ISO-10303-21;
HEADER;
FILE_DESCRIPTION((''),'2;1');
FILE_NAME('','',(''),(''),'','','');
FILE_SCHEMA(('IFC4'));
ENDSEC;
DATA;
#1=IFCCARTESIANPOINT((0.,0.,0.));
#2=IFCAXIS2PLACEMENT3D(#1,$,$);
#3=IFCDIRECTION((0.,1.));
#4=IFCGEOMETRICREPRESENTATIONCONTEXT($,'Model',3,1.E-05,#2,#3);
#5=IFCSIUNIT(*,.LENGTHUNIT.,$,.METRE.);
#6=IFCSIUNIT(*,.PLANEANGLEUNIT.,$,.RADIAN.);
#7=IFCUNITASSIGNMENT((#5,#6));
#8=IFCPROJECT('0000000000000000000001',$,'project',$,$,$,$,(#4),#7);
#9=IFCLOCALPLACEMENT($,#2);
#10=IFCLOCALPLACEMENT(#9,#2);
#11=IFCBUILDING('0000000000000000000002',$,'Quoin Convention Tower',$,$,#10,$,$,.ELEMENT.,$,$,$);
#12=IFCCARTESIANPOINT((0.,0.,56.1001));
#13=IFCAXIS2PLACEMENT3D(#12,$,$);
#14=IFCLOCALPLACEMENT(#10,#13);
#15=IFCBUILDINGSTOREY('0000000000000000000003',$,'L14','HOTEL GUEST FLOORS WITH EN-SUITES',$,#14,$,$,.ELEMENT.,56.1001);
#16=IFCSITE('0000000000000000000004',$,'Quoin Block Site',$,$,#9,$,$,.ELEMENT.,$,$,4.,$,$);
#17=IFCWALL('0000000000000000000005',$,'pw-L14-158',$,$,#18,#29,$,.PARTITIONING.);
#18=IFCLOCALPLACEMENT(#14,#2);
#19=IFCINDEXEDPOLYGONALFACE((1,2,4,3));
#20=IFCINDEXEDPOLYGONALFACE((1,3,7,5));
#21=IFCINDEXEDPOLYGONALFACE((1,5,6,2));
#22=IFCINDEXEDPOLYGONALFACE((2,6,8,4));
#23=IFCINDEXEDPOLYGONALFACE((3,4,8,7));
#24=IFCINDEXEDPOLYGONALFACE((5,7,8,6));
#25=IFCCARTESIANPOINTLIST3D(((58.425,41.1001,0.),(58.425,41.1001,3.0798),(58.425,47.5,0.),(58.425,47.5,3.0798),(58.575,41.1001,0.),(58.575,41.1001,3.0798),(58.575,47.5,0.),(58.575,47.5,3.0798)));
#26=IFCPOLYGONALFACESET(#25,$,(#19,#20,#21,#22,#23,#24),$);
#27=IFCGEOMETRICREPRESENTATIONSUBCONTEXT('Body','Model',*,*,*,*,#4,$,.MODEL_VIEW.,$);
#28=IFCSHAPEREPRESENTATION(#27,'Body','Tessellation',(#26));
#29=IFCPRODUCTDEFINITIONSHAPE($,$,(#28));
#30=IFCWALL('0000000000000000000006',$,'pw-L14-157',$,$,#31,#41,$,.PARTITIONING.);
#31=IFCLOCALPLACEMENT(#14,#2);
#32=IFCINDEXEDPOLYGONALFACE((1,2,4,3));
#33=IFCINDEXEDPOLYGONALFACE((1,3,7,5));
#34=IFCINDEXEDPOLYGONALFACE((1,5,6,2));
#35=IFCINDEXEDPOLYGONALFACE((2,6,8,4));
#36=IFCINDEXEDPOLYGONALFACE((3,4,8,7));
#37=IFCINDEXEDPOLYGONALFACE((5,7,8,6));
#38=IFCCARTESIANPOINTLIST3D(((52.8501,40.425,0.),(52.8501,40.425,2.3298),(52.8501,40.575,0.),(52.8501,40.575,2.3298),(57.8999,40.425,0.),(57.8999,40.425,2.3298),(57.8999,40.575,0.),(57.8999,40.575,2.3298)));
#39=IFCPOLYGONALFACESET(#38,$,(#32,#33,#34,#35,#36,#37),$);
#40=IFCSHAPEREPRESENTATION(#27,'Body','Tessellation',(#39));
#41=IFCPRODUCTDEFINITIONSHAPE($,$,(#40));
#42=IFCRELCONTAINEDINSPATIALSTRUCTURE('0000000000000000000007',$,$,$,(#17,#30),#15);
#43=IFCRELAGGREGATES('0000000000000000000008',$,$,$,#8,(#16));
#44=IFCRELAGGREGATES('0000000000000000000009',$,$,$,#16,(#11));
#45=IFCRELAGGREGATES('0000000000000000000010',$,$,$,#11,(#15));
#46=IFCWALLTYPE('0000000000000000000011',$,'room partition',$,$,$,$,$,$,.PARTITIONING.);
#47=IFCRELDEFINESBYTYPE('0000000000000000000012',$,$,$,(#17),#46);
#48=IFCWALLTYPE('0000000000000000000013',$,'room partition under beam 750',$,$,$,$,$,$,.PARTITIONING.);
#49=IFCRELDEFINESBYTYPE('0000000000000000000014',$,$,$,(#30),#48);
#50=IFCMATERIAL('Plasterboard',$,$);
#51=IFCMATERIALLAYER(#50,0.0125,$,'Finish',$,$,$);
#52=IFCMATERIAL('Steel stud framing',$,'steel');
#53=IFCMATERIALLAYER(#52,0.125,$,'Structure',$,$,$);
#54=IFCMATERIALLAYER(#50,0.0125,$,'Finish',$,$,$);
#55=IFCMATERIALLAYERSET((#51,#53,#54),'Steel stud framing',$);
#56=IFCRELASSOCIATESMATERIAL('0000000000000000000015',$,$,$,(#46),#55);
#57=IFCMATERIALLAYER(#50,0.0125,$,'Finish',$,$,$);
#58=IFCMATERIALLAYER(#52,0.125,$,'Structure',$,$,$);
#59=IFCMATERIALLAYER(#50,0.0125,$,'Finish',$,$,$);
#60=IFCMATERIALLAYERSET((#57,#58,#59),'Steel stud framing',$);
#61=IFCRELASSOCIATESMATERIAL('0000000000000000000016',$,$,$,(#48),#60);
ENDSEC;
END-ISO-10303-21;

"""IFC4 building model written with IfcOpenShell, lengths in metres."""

from ifc_helpers import new_model, si_unit, direction, frame, frame_2d, origin, place, context, subcontext, project, spatial, rectangle, extrude, material, layer, layer_set, type_object, element, save


model = new_model("IFC4")

# Units and contexts
model_context = context("Model", 3, precision=1e-05, world=origin(), true_north=direction((0.0, 1.0)))
body_context = subcontext(model_context, "Body", "Model", "MODEL_VIEW")
ifc_project = project(units=[si_unit("LENGTHUNIT", "METRE"), si_unit("PLANEANGLEUNIT", "RADIAN")], contexts=[model_context])

# Site, building, storey
site_placement = place(None, origin())
site = spatial("IfcSite", under=ifc_project, at=site_placement, Name="Quoin Block Site", CompositionType="ELEMENT", RefElevation=4.0)
building_placement = place(site_placement, origin())
building = spatial("IfcBuilding", under=site, at=building_placement, Name="Quoin Convention Tower", CompositionType="ELEMENT")
storey_placement = place(building_placement, frame((0.0, 0.0, 56.1001)))
storey = spatial("IfcBuildingStorey", under=building, at=storey_placement, Name="L14", Description="HOTEL GUEST FLOORS WITH EN-SUITES", CompositionType="ELEMENT", Elevation=56.1001)

# Walls
ifc_material_1 = material(Name="Plasterboard")
ifc_layer_1 = layer(ifc_material_1, 0.0125, Name="Finish")
ifc_material_2 = material(Name="Steel stud framing", Category="steel")
ifc_layer_2 = layer(ifc_material_2, 0.125, Name="Structure")
ifc_layer_3 = layer(ifc_material_1, 0.0125, Name="Finish")
ifc_layer_set_1 = layer_set([ifc_layer_1, ifc_layer_2, ifc_layer_3], Name="Steel stud framing")
wall_type_1 = type_object("IfcWallType", Name="room partition", PredefinedType="PARTITIONING", material=ifc_layer_set_1)
wall_1_placement = place(storey_placement, frame((58.5, 41.1001, 0.0), z_axis=(0.0, 0.0, 1.0), x_axis=(0.0, 1.0, 0.0)))
element("IfcWall", 1, at=wall_1_placement, inside=storey, type_object=wall_type_1, Name="pw-L14-158", PredefinedType="PARTITIONING", context=body_context, shape_type="SweptSolid", body=[
    extrude(rectangle(XDim=6.3999, YDim=0.1499, at=frame_2d((3.2, 0.0))), origin(), (0.0, 0.0, 1.0), 3.0798),
])
ifc_layer_4 = layer(ifc_material_1, 0.0125, Name="Finish")
ifc_layer_5 = layer(ifc_material_2, 0.125, Name="Structure")
ifc_layer_6 = layer(ifc_material_1, 0.0125, Name="Finish")
ifc_layer_set_2 = layer_set([ifc_layer_4, ifc_layer_5, ifc_layer_6], Name="Steel stud framing")
wall_type_2 = type_object("IfcWallType", Name="room partition under beam 750", PredefinedType="PARTITIONING", material=ifc_layer_set_2)
wall_2_placement = place(storey_placement, frame((52.8501, 40.5, 0.0), z_axis=(0.0, 0.0, 1.0), x_axis=(1.0, 0.0, 0.0)))
element("IfcWall", 2, at=wall_2_placement, inside=storey, type_object=wall_type_2, Name="pw-L14-157", PredefinedType="PARTITIONING", context=body_context, shape_type="SweptSolid", body=[
    extrude(rectangle(XDim=5.0498, YDim=0.1499, at=frame_2d((2.5249, 0.0))), origin(), (0.0, 0.0, 1.0), 2.3298),
])

save(model, "model.ifc")
